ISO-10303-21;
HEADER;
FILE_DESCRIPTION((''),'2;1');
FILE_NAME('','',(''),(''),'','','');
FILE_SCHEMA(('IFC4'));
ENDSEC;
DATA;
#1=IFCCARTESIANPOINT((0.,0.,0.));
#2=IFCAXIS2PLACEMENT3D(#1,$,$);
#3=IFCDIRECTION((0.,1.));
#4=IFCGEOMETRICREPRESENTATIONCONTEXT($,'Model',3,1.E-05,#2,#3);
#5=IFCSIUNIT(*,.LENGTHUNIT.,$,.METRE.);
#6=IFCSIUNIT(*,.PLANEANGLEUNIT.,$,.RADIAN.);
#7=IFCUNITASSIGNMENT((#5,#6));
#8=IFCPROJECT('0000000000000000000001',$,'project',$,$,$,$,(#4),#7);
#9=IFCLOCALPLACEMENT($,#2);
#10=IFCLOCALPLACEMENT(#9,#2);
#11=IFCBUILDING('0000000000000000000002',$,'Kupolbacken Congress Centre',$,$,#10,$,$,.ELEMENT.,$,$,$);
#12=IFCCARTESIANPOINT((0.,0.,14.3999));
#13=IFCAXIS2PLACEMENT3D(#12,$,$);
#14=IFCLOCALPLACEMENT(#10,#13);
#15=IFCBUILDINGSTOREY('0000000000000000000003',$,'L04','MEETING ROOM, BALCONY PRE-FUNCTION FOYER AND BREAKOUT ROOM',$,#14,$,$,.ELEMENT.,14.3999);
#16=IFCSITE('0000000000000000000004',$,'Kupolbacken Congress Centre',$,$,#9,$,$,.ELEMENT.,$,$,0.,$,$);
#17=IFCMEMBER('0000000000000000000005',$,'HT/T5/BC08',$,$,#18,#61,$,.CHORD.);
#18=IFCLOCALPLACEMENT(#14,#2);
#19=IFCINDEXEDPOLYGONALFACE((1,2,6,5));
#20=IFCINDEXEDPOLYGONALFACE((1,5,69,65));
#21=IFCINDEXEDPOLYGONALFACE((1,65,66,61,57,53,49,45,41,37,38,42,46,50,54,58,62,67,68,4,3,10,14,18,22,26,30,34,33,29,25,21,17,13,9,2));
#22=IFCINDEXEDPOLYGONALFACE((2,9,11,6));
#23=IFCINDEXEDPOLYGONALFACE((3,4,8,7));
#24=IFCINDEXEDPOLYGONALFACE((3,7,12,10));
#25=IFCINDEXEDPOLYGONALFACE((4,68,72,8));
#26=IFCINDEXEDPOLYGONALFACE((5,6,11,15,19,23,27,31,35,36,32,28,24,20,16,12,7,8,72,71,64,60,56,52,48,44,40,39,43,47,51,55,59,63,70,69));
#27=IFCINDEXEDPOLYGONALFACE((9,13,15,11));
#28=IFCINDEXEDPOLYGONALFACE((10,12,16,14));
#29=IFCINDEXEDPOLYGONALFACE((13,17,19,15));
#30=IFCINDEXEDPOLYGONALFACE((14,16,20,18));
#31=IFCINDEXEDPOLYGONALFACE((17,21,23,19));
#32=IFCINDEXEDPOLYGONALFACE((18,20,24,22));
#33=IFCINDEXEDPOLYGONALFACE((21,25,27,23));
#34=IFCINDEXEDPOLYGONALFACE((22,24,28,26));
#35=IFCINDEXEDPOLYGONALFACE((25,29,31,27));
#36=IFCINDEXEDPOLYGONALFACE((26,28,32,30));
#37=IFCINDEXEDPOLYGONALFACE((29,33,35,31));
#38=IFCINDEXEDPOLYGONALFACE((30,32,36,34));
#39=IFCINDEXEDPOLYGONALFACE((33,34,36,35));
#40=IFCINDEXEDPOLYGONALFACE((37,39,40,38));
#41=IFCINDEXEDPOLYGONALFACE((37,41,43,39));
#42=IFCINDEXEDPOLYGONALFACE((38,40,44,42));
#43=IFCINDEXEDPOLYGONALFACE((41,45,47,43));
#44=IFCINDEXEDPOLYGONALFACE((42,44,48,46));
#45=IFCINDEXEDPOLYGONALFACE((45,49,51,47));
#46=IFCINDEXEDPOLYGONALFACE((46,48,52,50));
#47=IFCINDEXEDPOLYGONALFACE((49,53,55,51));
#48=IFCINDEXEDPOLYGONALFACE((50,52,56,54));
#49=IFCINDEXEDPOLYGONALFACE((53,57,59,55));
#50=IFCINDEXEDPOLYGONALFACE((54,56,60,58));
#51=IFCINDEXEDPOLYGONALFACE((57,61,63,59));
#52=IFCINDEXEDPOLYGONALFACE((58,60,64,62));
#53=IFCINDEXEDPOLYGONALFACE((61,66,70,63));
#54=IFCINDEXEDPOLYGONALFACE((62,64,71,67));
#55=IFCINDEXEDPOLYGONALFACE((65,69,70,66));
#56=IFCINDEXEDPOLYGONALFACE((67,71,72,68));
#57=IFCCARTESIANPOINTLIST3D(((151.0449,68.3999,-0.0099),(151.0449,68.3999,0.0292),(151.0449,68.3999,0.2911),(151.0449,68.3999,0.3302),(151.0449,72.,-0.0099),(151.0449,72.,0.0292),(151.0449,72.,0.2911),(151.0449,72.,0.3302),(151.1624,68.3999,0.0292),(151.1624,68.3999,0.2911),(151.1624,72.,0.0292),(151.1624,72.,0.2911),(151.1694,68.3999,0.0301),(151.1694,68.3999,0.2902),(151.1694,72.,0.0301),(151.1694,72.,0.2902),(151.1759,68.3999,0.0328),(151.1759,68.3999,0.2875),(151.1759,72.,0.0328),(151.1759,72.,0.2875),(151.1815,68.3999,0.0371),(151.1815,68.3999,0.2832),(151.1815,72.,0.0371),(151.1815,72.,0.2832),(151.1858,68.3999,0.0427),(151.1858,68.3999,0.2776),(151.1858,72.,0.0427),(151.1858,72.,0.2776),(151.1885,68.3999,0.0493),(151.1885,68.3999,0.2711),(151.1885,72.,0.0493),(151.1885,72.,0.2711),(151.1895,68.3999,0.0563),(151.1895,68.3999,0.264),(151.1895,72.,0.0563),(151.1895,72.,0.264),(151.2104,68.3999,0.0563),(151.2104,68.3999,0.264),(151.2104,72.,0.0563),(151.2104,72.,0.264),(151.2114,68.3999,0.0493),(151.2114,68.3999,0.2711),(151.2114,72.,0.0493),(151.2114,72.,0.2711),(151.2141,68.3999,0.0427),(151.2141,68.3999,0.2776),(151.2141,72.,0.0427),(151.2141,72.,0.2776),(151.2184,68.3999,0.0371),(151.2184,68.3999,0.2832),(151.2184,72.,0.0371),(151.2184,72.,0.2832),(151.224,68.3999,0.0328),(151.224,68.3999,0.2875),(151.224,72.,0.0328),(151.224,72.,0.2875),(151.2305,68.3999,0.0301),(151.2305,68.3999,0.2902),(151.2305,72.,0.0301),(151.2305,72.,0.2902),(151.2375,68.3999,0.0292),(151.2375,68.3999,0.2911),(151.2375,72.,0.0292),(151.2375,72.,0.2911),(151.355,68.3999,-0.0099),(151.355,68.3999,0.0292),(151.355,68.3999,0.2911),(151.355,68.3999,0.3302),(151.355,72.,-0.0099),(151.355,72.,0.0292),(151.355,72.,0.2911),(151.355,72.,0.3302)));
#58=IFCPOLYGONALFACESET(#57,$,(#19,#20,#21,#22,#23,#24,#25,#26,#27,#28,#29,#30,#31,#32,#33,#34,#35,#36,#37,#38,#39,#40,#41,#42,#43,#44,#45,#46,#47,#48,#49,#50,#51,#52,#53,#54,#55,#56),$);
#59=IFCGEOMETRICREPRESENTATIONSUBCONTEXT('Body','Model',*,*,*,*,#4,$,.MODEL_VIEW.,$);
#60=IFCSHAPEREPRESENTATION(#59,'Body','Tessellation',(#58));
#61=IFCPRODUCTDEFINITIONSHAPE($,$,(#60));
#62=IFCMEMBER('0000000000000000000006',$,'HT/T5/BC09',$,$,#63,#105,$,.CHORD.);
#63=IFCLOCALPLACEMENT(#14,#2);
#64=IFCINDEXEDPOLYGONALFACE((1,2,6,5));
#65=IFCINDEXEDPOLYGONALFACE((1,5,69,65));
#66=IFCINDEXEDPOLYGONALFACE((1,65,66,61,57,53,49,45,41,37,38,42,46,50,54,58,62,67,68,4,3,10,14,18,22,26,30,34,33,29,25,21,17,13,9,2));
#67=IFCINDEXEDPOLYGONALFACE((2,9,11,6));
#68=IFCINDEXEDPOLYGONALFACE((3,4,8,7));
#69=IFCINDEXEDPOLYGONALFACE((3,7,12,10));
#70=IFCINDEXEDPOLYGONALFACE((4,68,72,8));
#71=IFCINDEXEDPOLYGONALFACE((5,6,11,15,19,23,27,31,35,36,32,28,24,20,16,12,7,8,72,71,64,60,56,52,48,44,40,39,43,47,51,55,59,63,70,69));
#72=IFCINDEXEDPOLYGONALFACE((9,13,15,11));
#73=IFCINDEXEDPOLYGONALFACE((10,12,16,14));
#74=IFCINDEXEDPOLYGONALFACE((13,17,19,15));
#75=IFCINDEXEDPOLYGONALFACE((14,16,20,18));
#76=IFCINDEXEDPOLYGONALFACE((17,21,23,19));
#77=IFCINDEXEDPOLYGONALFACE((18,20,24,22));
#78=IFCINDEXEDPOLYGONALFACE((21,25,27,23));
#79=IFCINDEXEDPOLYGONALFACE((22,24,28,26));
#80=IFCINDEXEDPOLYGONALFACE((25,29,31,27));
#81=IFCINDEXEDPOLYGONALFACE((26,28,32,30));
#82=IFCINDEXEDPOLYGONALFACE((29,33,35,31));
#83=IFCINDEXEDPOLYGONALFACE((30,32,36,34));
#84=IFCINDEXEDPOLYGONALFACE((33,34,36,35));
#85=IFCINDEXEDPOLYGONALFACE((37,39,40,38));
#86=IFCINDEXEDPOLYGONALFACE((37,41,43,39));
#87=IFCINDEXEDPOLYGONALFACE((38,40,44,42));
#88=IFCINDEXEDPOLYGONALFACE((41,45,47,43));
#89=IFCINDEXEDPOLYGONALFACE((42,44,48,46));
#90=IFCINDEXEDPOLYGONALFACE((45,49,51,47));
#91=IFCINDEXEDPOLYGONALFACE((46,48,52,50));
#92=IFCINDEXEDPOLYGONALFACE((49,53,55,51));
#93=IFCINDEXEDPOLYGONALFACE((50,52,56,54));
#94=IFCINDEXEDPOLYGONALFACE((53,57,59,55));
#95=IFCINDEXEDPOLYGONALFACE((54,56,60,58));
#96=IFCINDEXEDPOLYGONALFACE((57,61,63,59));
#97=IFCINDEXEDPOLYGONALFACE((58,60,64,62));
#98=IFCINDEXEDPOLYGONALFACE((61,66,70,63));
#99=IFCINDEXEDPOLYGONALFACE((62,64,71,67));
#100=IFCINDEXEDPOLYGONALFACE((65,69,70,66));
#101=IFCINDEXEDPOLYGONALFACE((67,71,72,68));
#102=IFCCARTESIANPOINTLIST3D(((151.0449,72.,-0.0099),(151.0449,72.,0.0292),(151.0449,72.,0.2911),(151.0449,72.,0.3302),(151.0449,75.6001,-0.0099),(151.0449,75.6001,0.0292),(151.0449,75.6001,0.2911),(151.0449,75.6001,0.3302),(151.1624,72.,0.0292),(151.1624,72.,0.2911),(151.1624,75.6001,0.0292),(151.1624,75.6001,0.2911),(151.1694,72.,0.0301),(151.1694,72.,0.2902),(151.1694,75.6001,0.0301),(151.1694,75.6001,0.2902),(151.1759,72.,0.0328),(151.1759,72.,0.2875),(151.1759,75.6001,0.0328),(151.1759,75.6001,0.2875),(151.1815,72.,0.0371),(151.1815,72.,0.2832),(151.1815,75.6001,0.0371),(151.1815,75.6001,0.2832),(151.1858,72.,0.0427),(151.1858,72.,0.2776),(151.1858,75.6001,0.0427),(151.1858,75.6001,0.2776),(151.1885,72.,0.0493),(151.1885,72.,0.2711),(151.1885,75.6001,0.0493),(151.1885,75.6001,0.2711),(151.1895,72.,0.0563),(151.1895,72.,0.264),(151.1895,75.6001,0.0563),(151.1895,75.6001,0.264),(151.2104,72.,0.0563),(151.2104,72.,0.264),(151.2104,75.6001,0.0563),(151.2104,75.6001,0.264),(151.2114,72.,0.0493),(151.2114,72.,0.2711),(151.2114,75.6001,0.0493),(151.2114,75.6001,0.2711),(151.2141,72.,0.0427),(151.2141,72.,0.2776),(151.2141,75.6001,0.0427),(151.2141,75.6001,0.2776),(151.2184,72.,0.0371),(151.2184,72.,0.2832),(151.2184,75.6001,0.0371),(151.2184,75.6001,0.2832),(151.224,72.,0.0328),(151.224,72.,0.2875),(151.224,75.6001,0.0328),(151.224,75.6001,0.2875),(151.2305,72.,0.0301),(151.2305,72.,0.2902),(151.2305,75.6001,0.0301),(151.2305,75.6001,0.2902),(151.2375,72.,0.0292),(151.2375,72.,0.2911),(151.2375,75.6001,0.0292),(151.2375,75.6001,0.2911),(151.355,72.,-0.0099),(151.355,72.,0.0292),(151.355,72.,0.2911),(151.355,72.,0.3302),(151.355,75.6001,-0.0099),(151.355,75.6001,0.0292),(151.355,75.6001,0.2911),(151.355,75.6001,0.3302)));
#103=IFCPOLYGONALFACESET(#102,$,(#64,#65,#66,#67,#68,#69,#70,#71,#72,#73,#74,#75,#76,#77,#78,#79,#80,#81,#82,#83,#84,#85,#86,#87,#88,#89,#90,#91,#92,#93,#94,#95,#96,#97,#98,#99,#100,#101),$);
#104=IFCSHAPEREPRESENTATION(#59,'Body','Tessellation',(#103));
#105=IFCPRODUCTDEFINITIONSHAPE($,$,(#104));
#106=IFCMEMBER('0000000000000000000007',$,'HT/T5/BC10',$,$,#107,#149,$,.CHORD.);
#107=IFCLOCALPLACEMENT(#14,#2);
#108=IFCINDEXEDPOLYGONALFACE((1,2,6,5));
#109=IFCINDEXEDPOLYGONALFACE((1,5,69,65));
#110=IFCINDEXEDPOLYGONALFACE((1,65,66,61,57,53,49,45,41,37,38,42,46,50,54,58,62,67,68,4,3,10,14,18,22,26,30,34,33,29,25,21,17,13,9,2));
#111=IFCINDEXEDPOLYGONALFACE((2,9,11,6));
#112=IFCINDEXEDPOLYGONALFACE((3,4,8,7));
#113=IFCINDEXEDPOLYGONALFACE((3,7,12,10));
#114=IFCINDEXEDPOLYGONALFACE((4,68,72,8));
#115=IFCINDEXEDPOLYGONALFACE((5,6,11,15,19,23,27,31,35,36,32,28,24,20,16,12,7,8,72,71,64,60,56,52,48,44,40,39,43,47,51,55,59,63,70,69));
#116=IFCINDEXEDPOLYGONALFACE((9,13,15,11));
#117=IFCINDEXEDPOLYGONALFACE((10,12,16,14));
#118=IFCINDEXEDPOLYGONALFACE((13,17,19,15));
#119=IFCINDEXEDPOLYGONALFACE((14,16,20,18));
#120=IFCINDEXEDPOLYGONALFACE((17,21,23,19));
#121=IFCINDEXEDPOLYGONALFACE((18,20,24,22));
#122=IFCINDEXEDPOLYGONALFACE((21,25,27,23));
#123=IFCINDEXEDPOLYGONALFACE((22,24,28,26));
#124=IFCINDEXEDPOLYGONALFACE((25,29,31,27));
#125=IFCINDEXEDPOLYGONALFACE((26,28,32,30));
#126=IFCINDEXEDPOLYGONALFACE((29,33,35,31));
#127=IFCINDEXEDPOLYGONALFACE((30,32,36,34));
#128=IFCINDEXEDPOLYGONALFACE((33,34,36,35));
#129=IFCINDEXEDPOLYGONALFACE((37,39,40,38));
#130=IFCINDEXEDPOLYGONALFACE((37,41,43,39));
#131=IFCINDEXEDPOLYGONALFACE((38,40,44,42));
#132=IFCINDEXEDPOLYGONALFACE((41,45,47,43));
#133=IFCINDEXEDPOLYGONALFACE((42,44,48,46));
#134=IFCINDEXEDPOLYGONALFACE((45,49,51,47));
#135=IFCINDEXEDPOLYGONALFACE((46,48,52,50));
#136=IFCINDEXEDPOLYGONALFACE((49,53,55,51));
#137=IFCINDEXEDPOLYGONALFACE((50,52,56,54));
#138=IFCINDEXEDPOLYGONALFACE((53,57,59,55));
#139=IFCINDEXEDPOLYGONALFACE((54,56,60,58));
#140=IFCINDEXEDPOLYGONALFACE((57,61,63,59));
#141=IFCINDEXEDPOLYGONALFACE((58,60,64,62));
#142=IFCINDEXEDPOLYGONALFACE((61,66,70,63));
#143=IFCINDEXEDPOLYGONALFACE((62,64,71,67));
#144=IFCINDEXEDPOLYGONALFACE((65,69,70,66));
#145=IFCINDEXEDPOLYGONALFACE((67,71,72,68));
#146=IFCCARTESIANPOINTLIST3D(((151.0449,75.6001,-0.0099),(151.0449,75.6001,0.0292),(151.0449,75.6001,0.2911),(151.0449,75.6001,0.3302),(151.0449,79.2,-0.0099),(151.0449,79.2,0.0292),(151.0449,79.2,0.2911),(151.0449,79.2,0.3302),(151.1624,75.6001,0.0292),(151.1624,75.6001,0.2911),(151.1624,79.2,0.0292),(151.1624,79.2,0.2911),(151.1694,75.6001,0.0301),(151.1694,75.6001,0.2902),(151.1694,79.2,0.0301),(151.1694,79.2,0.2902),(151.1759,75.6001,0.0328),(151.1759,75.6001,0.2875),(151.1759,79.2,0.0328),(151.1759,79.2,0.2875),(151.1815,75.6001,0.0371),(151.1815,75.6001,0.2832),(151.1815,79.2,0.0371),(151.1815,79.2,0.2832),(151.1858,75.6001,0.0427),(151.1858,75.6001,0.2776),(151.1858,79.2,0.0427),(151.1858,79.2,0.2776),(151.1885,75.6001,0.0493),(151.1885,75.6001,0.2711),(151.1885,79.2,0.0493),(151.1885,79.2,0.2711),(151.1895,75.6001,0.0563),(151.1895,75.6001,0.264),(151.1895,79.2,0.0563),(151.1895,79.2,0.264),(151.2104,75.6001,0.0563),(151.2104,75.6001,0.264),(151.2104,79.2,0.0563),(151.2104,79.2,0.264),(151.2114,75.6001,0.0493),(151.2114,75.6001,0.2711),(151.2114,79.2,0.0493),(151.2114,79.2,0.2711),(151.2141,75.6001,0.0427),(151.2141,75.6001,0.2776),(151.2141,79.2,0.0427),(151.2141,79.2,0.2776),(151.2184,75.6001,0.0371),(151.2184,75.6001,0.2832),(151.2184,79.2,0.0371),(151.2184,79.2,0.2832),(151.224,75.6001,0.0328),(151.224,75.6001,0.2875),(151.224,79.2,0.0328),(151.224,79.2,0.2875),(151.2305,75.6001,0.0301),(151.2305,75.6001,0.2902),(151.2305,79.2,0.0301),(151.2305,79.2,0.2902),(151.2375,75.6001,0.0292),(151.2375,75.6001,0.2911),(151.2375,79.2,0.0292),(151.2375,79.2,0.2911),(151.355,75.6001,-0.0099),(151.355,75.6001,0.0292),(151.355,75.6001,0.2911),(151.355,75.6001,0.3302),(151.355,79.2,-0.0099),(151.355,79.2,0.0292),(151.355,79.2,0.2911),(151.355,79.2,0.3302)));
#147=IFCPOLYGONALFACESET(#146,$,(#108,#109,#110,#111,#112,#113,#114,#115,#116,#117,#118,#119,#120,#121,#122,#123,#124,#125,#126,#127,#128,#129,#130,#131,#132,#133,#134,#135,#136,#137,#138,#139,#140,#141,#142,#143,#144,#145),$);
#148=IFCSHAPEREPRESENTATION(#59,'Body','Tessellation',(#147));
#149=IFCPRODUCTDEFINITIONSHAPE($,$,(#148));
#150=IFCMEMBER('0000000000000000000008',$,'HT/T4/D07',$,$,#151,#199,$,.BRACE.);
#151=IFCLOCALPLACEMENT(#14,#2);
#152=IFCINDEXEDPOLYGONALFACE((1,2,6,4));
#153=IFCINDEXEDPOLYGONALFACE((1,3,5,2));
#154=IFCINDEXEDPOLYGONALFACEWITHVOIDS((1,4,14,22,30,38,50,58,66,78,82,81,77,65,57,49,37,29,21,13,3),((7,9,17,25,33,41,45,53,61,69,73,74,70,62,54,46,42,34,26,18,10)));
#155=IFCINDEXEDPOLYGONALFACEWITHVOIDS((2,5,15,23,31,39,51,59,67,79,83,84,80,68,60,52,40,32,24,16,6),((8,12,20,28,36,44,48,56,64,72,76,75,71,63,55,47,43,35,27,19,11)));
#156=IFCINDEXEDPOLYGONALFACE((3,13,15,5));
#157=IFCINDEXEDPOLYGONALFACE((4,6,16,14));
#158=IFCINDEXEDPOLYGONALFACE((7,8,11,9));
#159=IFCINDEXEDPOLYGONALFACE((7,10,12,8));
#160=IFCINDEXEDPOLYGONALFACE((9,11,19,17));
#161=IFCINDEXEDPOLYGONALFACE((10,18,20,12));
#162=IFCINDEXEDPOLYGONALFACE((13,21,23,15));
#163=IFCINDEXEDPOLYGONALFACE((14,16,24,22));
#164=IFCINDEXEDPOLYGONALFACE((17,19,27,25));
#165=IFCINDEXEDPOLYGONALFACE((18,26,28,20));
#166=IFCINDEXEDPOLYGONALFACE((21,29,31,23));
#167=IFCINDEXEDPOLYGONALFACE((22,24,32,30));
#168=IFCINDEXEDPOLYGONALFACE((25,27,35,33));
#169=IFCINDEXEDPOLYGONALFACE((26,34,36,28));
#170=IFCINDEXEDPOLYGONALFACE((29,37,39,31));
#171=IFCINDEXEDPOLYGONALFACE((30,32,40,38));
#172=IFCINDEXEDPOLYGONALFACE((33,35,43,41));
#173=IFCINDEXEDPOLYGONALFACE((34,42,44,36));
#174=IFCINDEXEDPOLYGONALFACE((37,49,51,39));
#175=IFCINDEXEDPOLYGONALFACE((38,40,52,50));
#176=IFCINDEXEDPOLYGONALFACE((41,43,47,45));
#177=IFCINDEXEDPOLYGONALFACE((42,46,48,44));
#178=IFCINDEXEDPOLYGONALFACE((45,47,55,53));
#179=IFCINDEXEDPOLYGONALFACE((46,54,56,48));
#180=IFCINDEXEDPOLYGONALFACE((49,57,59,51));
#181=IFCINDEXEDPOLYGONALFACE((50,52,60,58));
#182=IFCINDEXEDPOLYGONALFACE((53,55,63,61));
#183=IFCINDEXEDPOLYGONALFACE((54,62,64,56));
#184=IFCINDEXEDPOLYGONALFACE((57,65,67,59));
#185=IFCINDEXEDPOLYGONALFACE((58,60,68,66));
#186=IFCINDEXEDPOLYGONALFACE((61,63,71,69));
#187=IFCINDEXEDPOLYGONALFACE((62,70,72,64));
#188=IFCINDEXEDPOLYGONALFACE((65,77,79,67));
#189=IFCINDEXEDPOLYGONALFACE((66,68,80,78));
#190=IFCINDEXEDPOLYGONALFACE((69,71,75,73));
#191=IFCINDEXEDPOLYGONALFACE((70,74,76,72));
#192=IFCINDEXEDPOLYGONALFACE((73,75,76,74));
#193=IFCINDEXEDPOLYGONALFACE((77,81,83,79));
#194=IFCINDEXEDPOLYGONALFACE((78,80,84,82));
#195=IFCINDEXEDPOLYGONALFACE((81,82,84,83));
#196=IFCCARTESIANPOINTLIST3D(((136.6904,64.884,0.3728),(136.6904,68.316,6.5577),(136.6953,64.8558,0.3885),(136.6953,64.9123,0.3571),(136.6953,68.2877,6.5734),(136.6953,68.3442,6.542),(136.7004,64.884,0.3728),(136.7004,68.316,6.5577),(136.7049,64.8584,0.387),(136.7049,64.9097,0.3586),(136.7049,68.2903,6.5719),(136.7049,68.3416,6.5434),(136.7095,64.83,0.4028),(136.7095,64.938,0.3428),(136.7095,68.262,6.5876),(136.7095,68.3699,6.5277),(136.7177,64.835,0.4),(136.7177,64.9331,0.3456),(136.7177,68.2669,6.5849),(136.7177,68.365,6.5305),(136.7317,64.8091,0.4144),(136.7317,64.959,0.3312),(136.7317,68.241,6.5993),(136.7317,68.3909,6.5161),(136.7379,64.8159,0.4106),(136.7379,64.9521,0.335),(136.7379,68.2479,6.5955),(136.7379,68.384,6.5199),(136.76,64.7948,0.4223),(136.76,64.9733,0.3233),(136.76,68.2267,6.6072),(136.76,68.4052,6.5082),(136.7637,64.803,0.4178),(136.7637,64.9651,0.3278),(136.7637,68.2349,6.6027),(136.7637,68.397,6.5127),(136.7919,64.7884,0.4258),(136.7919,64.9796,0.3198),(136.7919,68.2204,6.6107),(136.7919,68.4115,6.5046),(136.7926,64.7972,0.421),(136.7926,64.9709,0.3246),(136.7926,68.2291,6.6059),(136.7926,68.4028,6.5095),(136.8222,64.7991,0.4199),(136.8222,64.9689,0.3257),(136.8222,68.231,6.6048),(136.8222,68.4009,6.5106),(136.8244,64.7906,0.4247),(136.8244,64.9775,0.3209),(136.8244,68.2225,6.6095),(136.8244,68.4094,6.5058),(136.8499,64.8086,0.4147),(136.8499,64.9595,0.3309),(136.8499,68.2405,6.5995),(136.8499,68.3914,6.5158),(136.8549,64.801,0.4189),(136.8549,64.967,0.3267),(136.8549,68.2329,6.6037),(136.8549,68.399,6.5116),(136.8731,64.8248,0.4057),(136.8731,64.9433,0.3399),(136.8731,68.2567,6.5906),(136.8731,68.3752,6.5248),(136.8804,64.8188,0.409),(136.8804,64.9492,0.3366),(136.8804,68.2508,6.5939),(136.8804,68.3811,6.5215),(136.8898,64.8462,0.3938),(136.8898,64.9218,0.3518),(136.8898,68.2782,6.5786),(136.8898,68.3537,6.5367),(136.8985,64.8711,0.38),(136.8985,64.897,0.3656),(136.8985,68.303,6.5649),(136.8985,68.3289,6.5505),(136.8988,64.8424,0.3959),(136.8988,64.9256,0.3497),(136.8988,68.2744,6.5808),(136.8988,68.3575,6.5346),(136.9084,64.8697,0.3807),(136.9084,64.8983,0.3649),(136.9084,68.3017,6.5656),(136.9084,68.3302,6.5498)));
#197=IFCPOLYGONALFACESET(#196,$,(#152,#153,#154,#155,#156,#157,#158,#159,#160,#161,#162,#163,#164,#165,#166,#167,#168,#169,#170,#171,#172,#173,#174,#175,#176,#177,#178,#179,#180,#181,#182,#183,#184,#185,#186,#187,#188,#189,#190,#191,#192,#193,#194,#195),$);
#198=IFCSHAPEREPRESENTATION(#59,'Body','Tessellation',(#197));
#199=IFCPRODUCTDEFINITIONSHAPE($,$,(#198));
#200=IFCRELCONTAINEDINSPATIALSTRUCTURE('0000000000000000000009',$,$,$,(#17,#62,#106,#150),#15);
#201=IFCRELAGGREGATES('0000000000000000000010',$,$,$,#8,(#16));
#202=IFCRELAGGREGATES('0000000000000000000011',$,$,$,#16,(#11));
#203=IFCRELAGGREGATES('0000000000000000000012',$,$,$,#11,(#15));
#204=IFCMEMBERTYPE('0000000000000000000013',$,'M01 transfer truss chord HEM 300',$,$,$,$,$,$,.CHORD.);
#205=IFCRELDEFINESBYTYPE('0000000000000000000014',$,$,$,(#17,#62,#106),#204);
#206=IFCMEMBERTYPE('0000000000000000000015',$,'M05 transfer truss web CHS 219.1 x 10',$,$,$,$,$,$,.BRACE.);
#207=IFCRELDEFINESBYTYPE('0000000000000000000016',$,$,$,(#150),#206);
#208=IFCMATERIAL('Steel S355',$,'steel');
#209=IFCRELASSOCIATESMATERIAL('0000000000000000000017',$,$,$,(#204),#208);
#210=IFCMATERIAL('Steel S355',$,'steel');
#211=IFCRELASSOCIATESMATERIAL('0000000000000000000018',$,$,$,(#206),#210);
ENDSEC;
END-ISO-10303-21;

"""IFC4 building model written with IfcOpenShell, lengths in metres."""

from ifc_helpers import new_model, si_unit, direction, frame, origin, origin_2d, place, context, subcontext, project, spatial, hollow_circle, i_section, extrude, material, material_profile, profile_set, type_object, element, save


model = new_model("IFC4")

# Units and contexts
model_context = context("Model", 3, precision=1e-05, world=origin(), true_north=direction((0.0, 1.0)))
body_context = subcontext(model_context, "Body", "Model", "MODEL_VIEW")
ifc_project = project(units=[si_unit("LENGTHUNIT", "METRE"), si_unit("PLANEANGLEUNIT", "RADIAN")], contexts=[model_context])

# Site, building, storey
site_placement = place(None, origin())
site = spatial("IfcSite", under=ifc_project, at=site_placement, Name="Kupolbacken Congress Centre", CompositionType="ELEMENT", RefElevation=0.0)
building_placement = place(site_placement, origin())
building = spatial("IfcBuilding", under=site, at=building_placement, Name="Kupolbacken Congress Centre", CompositionType="ELEMENT")
storey_placement = place(building_placement, frame((0.0, 0.0, 14.3999)))
storey = spatial("IfcBuildingStorey", under=building, at=storey_placement, Name="L04", Description="MEETING ROOM, BALCONY PRE-FUNCTION FOYER AND BREAKOUT ROOM", CompositionType="ELEMENT", Elevation=14.3999)

# Members
ifc_material_1 = material(Name="Steel S355", Category="steel")
ifc_material_profile_1 = material_profile(ifc_material_1, i_section(OverallWidth=0.3101, OverallDepth=0.3401, WebThickness=0.021, FlangeThickness=0.0391, FilletRadius=0.0271, at=origin_2d()), Name="HEM 300")
ifc_profile_set_1 = profile_set([ifc_material_profile_1], Name="Steel S355")
member_type_1 = type_object("IfcMemberType", Name="M01 transfer truss chord HEM 300", PredefinedType="CHORD", material=ifc_profile_set_1)
for number, where, z_axis, x_axis, name in (
    (1, (151.2, 68.3999, 0.1602), (0.0, 1.0, 0.0), (-1.0, 0.0, 0.0), "HT/T5/BC08"),
    (2, (151.2, 72.0, 0.1602), (0.0, 1.0, 0.0), (-1.0, 0.0, 0.0), "HT/T5/BC09"),
):
    element("IfcMember", number, at=place(storey_placement, frame(where, z_axis=z_axis, x_axis=x_axis)), inside=storey, type_object=member_type_1, Name=name, PredefinedType="CHORD", context=body_context, shape_type="SweptSolid", body=[
        extrude(i_section(OverallWidth=0.3101, OverallDepth=0.3401, WebThickness=0.021, FlangeThickness=0.0391, FilletRadius=0.0271, at=origin_2d()), origin(), (0.0, 0.0, 1.0), 3.6001),
    ])
member_1_placement = place(storey_placement, frame((151.2, 75.6001, 0.1602), z_axis=(0.0, 1.0, 0.0), x_axis=(-1.0, 0.0, 0.0)))
element("IfcMember", 3, at=member_1_placement, inside=storey, type_object=member_type_1, Name="HT/T5/BC10", PredefinedType="CHORD", context=body_context, shape_type="SweptSolid", body=[
    extrude(i_section(OverallWidth=0.3101, OverallDepth=0.3401, WebThickness=0.021, FlangeThickness=0.0391, FilletRadius=0.0271, at=origin_2d()), origin(), (0.0, 0.0, 1.0), 3.5999),
])
ifc_material_2 = material(Name="Steel S355", Category="steel")
ifc_material_profile_2 = material_profile(ifc_material_2, hollow_circle(Radius=0.1096, WallThickness=0.01, at=origin_2d()), Name="CHS 219.1 x 10")
ifc_profile_set_2 = profile_set([ifc_material_profile_2], Name="Steel S355")
member_type_2 = type_object("IfcMemberType", Name="M05 transfer truss web CHS 219.1 x 10", PredefinedType="BRACE", material=ifc_profile_set_2)
member_2_placement = place(storey_placement, frame((136.8, 64.884, 0.3728), z_axis=(0.0, 0.485197, 0.874405), x_axis=(-1.0, 0.0, 0.0)))
element("IfcMember", 4, at=member_2_placement, inside=storey, type_object=member_type_2, Name="HT/T4/D07", PredefinedType="BRACE", context=body_context, shape_type="SweptSolid", body=[
    extrude(hollow_circle(Radius=0.1096, WallThickness=0.01, at=origin_2d()), origin(), (0.0, 0.0, 1.0), 7.0732),
])

save(model, "model.ifc")
